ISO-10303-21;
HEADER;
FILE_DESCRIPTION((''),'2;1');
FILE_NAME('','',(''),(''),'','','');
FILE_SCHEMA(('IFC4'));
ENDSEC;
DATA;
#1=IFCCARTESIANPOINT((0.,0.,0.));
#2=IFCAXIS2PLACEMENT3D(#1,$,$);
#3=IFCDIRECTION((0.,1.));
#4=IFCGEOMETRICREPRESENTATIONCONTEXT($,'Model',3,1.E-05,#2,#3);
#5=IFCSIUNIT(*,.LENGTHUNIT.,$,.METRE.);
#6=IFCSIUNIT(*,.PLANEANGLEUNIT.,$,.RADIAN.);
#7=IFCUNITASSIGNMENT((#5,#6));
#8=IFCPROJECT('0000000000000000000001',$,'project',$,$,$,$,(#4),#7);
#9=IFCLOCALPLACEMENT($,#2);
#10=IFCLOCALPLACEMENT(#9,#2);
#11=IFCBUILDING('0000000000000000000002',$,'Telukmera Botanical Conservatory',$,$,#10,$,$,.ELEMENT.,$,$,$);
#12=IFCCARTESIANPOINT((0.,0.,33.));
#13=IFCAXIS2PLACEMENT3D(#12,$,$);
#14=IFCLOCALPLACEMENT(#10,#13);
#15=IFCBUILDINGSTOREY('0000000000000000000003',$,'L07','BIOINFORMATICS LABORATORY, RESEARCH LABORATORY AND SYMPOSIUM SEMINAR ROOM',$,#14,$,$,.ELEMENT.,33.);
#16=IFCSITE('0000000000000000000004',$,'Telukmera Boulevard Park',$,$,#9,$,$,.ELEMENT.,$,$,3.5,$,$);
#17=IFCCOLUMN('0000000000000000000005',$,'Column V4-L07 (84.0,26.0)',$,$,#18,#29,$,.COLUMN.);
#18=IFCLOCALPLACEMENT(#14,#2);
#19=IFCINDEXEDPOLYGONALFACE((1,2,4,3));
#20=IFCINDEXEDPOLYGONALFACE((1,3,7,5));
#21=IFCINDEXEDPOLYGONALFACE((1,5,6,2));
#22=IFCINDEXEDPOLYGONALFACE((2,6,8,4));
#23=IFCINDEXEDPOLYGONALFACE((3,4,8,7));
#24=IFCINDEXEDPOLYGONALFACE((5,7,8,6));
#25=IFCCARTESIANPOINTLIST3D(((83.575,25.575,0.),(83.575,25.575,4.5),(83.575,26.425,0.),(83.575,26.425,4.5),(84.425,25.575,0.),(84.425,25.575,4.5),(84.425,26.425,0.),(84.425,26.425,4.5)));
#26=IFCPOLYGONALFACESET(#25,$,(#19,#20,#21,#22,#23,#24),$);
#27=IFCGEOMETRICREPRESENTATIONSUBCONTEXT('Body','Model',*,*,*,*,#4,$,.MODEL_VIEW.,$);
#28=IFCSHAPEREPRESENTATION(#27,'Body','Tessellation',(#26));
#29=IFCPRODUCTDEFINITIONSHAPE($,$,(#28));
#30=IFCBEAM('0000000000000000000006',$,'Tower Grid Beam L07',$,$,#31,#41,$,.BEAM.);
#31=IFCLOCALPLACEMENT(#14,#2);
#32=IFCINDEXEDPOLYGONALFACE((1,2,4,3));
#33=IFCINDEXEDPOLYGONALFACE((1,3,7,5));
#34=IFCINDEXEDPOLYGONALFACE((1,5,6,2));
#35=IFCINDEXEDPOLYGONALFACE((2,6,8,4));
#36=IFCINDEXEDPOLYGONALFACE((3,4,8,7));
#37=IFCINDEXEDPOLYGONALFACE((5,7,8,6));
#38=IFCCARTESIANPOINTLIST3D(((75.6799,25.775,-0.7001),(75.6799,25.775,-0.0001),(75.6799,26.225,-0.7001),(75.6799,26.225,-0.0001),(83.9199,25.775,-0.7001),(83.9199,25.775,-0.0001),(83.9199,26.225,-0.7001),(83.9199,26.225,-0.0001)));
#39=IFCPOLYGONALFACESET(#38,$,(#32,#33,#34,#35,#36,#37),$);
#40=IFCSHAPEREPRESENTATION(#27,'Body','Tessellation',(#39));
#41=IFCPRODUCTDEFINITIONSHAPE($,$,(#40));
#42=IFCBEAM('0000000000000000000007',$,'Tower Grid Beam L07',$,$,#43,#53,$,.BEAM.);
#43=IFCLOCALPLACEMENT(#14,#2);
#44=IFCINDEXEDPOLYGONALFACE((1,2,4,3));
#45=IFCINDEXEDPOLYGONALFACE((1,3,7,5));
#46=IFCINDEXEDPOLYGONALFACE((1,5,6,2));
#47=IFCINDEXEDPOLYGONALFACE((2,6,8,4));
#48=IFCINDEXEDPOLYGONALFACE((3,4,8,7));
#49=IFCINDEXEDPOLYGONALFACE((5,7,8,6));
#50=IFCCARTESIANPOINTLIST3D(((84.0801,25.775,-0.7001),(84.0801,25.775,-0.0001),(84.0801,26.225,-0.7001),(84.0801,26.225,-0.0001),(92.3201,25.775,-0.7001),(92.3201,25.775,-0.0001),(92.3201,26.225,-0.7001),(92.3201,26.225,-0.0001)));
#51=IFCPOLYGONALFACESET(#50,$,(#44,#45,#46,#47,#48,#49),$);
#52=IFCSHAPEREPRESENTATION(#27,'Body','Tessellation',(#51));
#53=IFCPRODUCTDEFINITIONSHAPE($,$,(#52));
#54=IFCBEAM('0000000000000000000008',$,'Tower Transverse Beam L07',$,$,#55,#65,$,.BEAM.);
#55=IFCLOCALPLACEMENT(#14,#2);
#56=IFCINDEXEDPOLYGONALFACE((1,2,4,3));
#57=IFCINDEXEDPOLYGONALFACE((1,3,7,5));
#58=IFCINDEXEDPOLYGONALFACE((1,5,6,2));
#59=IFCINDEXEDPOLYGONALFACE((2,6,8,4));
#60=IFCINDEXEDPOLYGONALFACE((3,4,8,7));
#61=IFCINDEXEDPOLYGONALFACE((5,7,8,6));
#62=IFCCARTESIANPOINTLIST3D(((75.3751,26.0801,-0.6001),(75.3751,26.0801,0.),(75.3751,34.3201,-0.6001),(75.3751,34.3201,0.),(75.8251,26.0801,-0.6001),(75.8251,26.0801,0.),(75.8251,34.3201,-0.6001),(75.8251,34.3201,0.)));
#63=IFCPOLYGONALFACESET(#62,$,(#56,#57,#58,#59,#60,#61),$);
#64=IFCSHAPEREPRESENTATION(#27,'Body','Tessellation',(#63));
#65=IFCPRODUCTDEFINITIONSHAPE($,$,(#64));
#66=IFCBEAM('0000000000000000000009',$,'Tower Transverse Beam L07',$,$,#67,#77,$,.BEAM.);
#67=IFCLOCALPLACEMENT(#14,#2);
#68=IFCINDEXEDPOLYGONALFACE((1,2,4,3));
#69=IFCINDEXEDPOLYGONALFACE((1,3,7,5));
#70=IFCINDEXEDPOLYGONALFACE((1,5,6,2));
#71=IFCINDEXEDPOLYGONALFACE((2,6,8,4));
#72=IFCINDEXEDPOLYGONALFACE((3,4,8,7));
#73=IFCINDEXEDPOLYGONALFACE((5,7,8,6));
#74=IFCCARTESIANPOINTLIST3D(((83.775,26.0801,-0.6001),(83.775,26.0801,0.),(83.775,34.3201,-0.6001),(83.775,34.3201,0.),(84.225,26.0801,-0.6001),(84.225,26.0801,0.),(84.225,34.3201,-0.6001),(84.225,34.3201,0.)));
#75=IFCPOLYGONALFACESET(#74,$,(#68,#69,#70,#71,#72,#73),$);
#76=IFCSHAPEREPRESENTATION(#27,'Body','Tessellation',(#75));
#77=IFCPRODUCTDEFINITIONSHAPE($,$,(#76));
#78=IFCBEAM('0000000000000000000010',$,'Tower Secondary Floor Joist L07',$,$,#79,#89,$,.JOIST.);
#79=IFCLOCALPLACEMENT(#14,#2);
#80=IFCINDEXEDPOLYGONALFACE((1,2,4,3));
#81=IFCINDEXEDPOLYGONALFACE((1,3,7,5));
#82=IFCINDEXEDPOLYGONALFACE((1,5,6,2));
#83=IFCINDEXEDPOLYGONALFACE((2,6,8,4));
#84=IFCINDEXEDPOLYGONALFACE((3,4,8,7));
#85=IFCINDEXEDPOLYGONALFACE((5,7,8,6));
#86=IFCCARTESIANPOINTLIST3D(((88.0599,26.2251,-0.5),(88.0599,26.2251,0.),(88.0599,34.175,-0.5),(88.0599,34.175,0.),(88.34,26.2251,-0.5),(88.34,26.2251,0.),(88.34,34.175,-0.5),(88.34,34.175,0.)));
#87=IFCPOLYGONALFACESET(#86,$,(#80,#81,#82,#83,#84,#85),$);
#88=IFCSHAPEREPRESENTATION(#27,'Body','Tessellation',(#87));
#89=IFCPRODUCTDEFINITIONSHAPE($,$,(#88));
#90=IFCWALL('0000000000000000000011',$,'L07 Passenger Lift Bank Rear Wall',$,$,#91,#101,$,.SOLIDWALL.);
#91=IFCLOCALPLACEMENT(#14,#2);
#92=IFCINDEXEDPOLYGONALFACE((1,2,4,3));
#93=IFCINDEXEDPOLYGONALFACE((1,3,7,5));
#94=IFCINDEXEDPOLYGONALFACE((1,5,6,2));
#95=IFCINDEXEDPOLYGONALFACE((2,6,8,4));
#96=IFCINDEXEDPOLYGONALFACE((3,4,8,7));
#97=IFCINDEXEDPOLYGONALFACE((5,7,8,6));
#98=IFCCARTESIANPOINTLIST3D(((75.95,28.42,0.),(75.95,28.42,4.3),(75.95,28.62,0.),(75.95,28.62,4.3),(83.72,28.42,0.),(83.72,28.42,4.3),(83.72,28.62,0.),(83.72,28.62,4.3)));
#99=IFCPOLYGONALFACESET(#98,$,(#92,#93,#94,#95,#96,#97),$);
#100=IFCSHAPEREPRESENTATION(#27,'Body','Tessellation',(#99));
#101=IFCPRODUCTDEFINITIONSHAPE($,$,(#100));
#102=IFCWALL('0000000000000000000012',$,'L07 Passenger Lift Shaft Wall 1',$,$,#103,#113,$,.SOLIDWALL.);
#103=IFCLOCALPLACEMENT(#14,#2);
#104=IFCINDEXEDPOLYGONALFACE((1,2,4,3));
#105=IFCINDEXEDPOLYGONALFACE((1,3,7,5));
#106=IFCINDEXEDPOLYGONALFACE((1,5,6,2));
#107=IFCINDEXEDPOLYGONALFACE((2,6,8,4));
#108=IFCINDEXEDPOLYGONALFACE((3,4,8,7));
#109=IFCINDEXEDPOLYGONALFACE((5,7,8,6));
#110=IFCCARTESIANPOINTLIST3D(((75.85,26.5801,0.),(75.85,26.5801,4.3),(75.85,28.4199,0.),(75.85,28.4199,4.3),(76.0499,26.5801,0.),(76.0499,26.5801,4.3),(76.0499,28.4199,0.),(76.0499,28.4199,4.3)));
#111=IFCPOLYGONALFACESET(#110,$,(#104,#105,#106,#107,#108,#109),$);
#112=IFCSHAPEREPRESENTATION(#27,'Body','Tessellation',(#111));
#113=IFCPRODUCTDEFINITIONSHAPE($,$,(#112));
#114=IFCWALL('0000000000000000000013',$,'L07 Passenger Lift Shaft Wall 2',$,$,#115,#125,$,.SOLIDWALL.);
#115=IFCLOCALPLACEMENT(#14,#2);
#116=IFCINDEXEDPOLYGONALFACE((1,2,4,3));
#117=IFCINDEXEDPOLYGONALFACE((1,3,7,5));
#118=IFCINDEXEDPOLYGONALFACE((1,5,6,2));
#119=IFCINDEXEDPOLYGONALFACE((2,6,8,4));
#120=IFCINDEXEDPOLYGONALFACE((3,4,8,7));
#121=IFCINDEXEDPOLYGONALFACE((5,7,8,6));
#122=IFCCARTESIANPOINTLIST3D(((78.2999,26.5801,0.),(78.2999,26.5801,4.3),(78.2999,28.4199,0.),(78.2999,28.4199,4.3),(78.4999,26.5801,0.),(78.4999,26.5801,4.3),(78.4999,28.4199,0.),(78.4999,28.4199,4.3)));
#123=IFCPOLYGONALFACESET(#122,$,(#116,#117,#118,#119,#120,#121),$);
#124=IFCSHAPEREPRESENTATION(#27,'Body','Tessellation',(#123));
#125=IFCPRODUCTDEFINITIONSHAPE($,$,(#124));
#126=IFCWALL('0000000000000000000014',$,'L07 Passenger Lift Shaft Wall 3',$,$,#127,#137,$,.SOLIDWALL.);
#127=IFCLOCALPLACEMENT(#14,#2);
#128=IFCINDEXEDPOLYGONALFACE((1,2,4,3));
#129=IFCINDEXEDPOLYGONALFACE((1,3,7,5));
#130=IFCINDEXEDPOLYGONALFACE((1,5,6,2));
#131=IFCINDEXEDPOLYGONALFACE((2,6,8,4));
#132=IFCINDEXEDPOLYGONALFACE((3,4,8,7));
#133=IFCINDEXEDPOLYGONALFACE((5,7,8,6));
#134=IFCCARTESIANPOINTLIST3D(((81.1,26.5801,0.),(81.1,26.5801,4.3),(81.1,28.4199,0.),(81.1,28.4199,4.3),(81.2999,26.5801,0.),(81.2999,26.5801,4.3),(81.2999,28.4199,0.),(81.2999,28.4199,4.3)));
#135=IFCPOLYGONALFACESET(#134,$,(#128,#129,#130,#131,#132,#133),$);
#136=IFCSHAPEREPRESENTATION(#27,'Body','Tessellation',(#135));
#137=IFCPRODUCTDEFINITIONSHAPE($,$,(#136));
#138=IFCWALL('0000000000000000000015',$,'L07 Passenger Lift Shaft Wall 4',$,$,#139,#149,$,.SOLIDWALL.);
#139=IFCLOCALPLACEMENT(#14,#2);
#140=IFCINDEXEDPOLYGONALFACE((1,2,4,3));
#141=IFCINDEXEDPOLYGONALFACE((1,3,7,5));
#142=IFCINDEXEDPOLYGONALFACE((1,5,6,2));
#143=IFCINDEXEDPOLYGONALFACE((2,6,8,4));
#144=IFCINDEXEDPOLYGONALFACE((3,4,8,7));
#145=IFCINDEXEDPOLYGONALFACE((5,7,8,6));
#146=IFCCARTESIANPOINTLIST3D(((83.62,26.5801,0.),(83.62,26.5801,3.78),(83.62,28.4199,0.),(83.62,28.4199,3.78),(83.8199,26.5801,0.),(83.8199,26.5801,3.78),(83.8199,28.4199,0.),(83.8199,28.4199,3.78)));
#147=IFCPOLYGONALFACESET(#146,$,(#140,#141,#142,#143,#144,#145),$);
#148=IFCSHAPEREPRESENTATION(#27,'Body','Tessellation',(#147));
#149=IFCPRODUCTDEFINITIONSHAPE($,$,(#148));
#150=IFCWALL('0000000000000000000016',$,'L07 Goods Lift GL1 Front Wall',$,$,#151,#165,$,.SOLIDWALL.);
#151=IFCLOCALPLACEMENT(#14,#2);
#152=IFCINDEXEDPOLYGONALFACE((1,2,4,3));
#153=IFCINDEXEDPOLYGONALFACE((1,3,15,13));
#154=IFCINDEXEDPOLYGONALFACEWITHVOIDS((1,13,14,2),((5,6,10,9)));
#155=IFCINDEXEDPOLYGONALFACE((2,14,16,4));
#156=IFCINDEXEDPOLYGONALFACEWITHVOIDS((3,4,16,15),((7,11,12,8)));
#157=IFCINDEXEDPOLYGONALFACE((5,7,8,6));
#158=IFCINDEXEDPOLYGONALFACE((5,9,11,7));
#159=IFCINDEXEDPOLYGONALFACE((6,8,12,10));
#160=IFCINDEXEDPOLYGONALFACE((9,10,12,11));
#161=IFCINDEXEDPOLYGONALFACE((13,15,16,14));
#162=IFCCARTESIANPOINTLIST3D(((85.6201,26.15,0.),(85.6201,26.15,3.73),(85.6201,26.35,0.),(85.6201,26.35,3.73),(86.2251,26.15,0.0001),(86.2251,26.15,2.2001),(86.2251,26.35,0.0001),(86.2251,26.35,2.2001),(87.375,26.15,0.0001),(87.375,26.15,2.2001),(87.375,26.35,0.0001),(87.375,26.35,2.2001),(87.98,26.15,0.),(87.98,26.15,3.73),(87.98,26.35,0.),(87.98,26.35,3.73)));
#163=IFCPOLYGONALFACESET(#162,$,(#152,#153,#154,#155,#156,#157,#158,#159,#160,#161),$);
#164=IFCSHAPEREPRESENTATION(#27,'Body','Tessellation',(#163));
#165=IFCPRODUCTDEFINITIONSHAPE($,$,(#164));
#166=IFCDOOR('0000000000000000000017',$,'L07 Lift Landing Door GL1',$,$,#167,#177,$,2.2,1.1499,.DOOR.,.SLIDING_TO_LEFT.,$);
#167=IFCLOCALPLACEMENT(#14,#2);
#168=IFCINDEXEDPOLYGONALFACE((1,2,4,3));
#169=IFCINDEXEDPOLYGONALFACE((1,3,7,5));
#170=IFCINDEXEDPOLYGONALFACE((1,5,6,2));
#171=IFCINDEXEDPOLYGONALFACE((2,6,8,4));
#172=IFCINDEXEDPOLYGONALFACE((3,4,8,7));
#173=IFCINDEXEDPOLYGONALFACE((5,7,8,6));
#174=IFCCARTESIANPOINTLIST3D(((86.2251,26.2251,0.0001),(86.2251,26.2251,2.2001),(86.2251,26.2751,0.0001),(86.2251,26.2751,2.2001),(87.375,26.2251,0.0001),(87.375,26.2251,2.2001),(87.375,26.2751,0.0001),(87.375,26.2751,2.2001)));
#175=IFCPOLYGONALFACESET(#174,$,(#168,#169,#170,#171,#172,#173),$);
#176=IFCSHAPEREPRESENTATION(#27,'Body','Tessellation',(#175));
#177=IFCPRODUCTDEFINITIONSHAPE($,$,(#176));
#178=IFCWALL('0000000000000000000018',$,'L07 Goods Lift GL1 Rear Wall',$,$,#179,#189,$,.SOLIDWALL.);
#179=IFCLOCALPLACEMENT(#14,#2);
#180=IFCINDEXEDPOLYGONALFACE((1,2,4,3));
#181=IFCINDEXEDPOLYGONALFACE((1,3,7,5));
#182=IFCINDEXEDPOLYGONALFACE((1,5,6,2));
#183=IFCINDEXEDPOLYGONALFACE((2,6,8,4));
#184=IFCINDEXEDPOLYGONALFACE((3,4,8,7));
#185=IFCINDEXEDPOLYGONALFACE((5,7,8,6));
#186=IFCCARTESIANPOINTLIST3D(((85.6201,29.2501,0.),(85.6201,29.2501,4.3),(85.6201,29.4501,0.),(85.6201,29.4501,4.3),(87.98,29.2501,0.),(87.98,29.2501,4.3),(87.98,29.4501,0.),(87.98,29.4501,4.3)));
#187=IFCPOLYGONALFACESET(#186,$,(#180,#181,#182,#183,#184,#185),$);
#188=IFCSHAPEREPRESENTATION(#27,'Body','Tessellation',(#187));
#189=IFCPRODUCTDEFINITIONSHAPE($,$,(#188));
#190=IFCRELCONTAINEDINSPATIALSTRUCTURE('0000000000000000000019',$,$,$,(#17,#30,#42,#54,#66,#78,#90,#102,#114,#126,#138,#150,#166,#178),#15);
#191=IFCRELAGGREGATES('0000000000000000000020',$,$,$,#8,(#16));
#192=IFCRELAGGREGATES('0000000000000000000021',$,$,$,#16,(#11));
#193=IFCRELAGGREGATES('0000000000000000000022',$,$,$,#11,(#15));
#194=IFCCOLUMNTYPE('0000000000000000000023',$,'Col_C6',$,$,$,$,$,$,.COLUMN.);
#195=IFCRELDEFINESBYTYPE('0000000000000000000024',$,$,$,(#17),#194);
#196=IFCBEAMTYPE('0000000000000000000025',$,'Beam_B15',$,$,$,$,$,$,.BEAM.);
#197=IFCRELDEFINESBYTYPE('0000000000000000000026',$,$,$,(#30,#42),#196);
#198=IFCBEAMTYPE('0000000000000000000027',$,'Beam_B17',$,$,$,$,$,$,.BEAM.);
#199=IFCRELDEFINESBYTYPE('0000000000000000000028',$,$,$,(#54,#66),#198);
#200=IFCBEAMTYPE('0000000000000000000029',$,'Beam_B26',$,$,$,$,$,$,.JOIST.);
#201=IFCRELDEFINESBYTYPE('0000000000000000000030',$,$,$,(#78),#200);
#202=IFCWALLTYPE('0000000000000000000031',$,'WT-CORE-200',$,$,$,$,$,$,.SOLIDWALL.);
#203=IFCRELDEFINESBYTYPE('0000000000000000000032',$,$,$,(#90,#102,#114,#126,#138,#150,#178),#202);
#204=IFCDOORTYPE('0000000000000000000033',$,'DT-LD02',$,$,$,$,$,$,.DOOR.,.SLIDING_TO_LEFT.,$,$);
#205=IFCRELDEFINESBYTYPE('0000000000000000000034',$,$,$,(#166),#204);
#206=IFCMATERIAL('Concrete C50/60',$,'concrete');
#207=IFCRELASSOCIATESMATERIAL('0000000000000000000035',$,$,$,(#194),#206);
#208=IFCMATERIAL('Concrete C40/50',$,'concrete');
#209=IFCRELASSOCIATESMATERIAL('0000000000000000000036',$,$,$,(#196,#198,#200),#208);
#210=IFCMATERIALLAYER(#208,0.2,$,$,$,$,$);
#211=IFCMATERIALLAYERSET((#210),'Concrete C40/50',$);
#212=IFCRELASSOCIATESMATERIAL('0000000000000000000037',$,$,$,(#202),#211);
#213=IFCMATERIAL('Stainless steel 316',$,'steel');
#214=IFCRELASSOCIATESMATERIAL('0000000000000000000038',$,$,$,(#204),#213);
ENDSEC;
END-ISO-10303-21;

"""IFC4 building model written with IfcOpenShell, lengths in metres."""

from ifc_helpers import new_model, si_unit, direction, frame, frame_2d, origin, origin_2d, place, context, subcontext, project, spatial, rectangle, extrude, material, layer, layer_set, material_profile, profile_set, type_object, element, fill, save


model = new_model("IFC4")

# Units and contexts
model_context = context("Model", 3, precision=1e-05, world=origin(), true_north=direction((0.0, 1.0)))
body_context = subcontext(model_context, "Body", "Model", "MODEL_VIEW")
ifc_project = project(units=[si_unit("LENGTHUNIT", "METRE"), si_unit("PLANEANGLEUNIT", "RADIAN")], contexts=[model_context])

# Site, building, storey
site_placement = place(None, origin())
site = spatial("IfcSite", under=ifc_project, at=site_placement, Name="Telukmera Boulevard Park", CompositionType="ELEMENT", RefElevation=3.5)
building_placement = place(site_placement, origin())
building = spatial("IfcBuilding", under=site, at=building_placement, Name="Telukmera Botanical Conservatory", CompositionType="ELEMENT")
storey_placement = place(building_placement, frame((0.0, 0.0, 33.0)))
storey = spatial("IfcBuildingStorey", under=building, at=storey_placement, Name="L07", Description="BIOINFORMATICS LABORATORY, RESEARCH LABORATORY AND SYMPOSIUM SEMINAR ROOM", CompositionType="ELEMENT", Elevation=33.0)

# Column
ifc_material_1 = material(Name="Concrete C50/60", Category="concrete")
ifc_material_profile_1 = material_profile(ifc_material_1, rectangle(XDim=0.8501, YDim=0.8501, at=origin_2d()), Name="RC 850x850")
ifc_profile_set_1 = profile_set([ifc_material_profile_1], Name="Concrete C50/60")
column_type = type_object("IfcColumnType", Name="Col_C6", PredefinedType="COLUMN", material=ifc_profile_set_1)
column_placement = place(storey_placement, frame((84.0, 26.0, 0.0), z_axis=(0.0, 0.0, 1.0), x_axis=(1.0, 0.0, 0.0)))
element("IfcColumn", 1, at=column_placement, inside=storey, type_object=column_type, Name="Column V4-L07 (84.0,26.0)", PredefinedType="COLUMN", context=body_context, shape_type="SweptSolid", body=[
    extrude(rectangle(XDim=0.8501, YDim=0.8501, at=origin_2d()), origin(), (0.0, 0.0, 1.0), 4.5),
])

# Beams
ifc_material_2 = material(Name="Concrete C40/50", Category="concrete")
ifc_material_profile_2 = material_profile(ifc_material_2, rectangle(XDim=0.45, YDim=0.7, at=origin_2d()), Name="RC 450x700")
ifc_profile_set_2 = profile_set([ifc_material_profile_2], Name="Concrete C40/50")
beam_type_1 = type_object("IfcBeamType", Name="Beam_B15", PredefinedType="BEAM", material=ifc_profile_set_2)
for number, where, z_axis, x_axis, name in (
    (2, (75.6799, 26.0, -0.3501), (1.0, 0.0, 0.0), (0.0, 1.0, 0.0), "Tower Grid Beam L07"),
    (3, (84.0801, 26.0, -0.3501), (1.0, 0.0, 0.0), (0.0, 1.0, 0.0), "Tower Grid Beam L07"),
):
    element("IfcBeam", number, at=place(storey_placement, frame(where, z_axis=z_axis, x_axis=x_axis)), inside=storey, type_object=beam_type_1, Name=name, PredefinedType="BEAM", context=body_context, shape_type="SweptSolid", body=[
        extrude(rectangle(XDim=0.45, YDim=0.7, at=origin_2d()), origin(), (0.0, 0.0, 1.0), 8.24),
    ])
ifc_material_profile_3 = material_profile(ifc_material_2, rectangle(XDim=0.45, YDim=0.6001, at=origin_2d()), Name="RC 450x600")
ifc_profile_set_3 = profile_set([ifc_material_profile_3], Name="Concrete C40/50")
beam_type_2 = type_object("IfcBeamType", Name="Beam_B17", PredefinedType="BEAM", material=ifc_profile_set_3)
for number, where, z_axis, x_axis, name in (
    (4, (75.6001, 26.0801, -0.3), (0.0, 1.0, 0.0), (-1.0, 0.0, 0.0), "Tower Transverse Beam L07"),
    (5, (84.0, 26.0801, -0.3), (0.0, 1.0, 0.0), (-1.0, 0.0, 0.0), "Tower Transverse Beam L07"),
):
    element("IfcBeam", number, at=place(storey_placement, frame(where, z_axis=z_axis, x_axis=x_axis)), inside=storey, type_object=beam_type_2, Name=name, PredefinedType="BEAM", context=body_context, shape_type="SweptSolid", body=[
        extrude(rectangle(XDim=0.45, YDim=0.6001, at=origin_2d()), origin(), (0.0, 0.0, 1.0), 8.24),
    ])
ifc_material_profile_4 = material_profile(ifc_material_2, rectangle(XDim=0.28, YDim=0.5, at=origin_2d()), Name="RC 280x500")
ifc_profile_set_4 = profile_set([ifc_material_profile_4], Name="Concrete C40/50")
beam_type_3 = type_object("IfcBeamType", Name="Beam_B26", PredefinedType="JOIST", material=ifc_profile_set_4)
beam_placement = place(storey_placement, frame((88.2, 26.2251, -0.25), z_axis=(0.0, 1.0, 0.0), x_axis=(-1.0, 0.0, 0.0)))
element("IfcBeam", 6, at=beam_placement, inside=storey, type_object=beam_type_3, Name="Tower Secondary Floor Joist L07", PredefinedType="JOIST", context=body_context, shape_type="SweptSolid", body=[
    extrude(rectangle(XDim=0.28, YDim=0.5, at=origin_2d()), origin(), (0.0, 0.0, 1.0), 7.95),
])

# Shared definitions
ifc_layer = layer(ifc_material_2, 0.2)
ifc_layer_set = layer_set([ifc_layer], Name="Concrete C40/50")
wall_type = type_object("IfcWallType", Name="WT-CORE-200", PredefinedType="SOLIDWALL", material=ifc_layer_set)
ifc_material_3 = material(Name="Stainless steel 316", Category="steel")

# Walls
wall_1_placement = place(storey_placement, frame((75.95, 28.52, 0.0), z_axis=(0.0, 0.0, 1.0), x_axis=(1.0, 0.0, 0.0)))
element("IfcWall", 7, at=wall_1_placement, inside=storey, type_object=wall_type, Name="L07 Passenger Lift Bank Rear Wall", PredefinedType="SOLIDWALL", context=body_context, shape_type="SweptSolid", body=[
    extrude(rectangle(XDim=7.77, YDim=0.2, at=frame_2d((3.885, 0.0))), origin(), (0.0, 0.0, 1.0), 4.3),
])
for number, where, z_axis, x_axis, name in (
    (8, (75.95, 26.5801, 0.0), (0.0, 0.0, 1.0), (0.0, 1.0, 0.0), "L07 Passenger Lift Shaft Wall 1"),
    (9, (78.3999, 26.5801, 0.0), (0.0, 0.0, 1.0), (0.0, 1.0, 0.0), "L07 Passenger Lift Shaft Wall 2"),
    (10, (81.2, 26.5801, 0.0), (0.0, 0.0, 1.0), (0.0, 1.0, 0.0), "L07 Passenger Lift Shaft Wall 3"),
):
    element("IfcWall", number, at=place(storey_placement, frame(where, z_axis=z_axis, x_axis=x_axis)), inside=storey, type_object=wall_type, Name=name, PredefinedType="SOLIDWALL", context=body_context, shape_type="SweptSolid", body=[
        extrude(rectangle(XDim=1.8398, YDim=0.2, at=frame_2d((0.9199, 0.0))), origin(), (0.0, 0.0, 1.0), 4.3),
    ])
wall_2_placement = place(storey_placement, frame((83.72, 26.5801, 0.0), z_axis=(0.0, 0.0, 1.0), x_axis=(0.0, 1.0, 0.0)))
element("IfcWall", 11, at=wall_2_placement, inside=storey, type_object=wall_type, Name="L07 Passenger Lift Shaft Wall 4", PredefinedType="SOLIDWALL", context=body_context, shape_type="SweptSolid", body=[
    extrude(rectangle(XDim=1.8398, YDim=0.2, at=frame_2d((0.9199, 0.0))), origin(), (0.0, 0.0, 1.0), 3.78),
])

# Wall, opening, door
wall_3_placement = place(storey_placement, frame((85.6201, 26.25, 0.0), z_axis=(0.0, 0.0, 1.0), x_axis=(1.0, 0.0, 0.0)))
wall_3 = element("IfcWall", 12, at=wall_3_placement, inside=storey, type_object=wall_type, Name="L07 Goods Lift GL1 Front Wall", PredefinedType="SOLIDWALL", context=body_context, shape_type="SweptSolid", body=[
    extrude(rectangle(XDim=2.3599, YDim=0.2, at=frame_2d((1.1799, 0.0))), origin(), (0.0, 0.0, 1.0), 3.73),
])
opening_1_placement = place(wall_3_placement, frame((0.605, 0.0, 0.0)))
opening_1 = element("IfcOpeningElement", 13, at=opening_1_placement, cuts=wall_3, PredefinedType="OPENING", context=body_context, shape_type="SweptSolid", body=[
    extrude(rectangle(XDim=1.1499, YDim=2.2, at=frame_2d((0.575, 1.1001))), frame((0.0, 0.1099, 0.0), z_axis=(0.0, -1.0, 0.0), x_axis=(1.0, 0.0, 0.0)), (0.0, 0.0, 1.0), 0.22),
])
door_type_1 = type_object("IfcDoorType", Name="DT-LD02", OperationType="SLIDING_TO_LEFT", PredefinedType="DOOR", material=ifc_material_3)
door_1_placement = place(opening_1_placement, frame((1.1499, 0.0, 0.0), z_axis=(0.0, 0.0, 1.0), x_axis=(-1.0, 0.0, 0.0)))
door_1 = element("IfcDoor", 14, at=door_1_placement, inside=storey, type_object=door_type_1, Name="L07 Lift Landing Door GL1", OperationType="SLIDING_TO_LEFT", OverallHeight=2.2, OverallWidth=1.1499, PredefinedType="DOOR", context=body_context, shape_type="SweptSolid", body=[
    extrude(rectangle(XDim=1.1499, YDim=2.2, at=frame_2d((0.575, 1.1001))), frame((0.0, 0.0249, 0.0), z_axis=(0.0, -1.0, 0.0), x_axis=(1.0, 0.0, 0.0)), (0.0, 0.0, 1.0), 0.05),
])
fill(opening_1, door_1)

# Wall
wall_4_placement = place(storey_placement, frame((85.6201, 29.3501, 0.0), z_axis=(0.0, 0.0, 1.0), x_axis=(1.0, 0.0, 0.0)))
element("IfcWall", 15, at=wall_4_placement, inside=storey, type_object=wall_type, Name="L07 Goods Lift GL1 Rear Wall", PredefinedType="SOLIDWALL", context=body_context, shape_type="SweptSolid", body=[
    extrude(rectangle(XDim=2.3599, YDim=0.2, at=frame_2d((1.1799, 0.0))), origin(), (0.0, 0.0, 1.0), 4.3),
])

save(model, "model.ifc")
